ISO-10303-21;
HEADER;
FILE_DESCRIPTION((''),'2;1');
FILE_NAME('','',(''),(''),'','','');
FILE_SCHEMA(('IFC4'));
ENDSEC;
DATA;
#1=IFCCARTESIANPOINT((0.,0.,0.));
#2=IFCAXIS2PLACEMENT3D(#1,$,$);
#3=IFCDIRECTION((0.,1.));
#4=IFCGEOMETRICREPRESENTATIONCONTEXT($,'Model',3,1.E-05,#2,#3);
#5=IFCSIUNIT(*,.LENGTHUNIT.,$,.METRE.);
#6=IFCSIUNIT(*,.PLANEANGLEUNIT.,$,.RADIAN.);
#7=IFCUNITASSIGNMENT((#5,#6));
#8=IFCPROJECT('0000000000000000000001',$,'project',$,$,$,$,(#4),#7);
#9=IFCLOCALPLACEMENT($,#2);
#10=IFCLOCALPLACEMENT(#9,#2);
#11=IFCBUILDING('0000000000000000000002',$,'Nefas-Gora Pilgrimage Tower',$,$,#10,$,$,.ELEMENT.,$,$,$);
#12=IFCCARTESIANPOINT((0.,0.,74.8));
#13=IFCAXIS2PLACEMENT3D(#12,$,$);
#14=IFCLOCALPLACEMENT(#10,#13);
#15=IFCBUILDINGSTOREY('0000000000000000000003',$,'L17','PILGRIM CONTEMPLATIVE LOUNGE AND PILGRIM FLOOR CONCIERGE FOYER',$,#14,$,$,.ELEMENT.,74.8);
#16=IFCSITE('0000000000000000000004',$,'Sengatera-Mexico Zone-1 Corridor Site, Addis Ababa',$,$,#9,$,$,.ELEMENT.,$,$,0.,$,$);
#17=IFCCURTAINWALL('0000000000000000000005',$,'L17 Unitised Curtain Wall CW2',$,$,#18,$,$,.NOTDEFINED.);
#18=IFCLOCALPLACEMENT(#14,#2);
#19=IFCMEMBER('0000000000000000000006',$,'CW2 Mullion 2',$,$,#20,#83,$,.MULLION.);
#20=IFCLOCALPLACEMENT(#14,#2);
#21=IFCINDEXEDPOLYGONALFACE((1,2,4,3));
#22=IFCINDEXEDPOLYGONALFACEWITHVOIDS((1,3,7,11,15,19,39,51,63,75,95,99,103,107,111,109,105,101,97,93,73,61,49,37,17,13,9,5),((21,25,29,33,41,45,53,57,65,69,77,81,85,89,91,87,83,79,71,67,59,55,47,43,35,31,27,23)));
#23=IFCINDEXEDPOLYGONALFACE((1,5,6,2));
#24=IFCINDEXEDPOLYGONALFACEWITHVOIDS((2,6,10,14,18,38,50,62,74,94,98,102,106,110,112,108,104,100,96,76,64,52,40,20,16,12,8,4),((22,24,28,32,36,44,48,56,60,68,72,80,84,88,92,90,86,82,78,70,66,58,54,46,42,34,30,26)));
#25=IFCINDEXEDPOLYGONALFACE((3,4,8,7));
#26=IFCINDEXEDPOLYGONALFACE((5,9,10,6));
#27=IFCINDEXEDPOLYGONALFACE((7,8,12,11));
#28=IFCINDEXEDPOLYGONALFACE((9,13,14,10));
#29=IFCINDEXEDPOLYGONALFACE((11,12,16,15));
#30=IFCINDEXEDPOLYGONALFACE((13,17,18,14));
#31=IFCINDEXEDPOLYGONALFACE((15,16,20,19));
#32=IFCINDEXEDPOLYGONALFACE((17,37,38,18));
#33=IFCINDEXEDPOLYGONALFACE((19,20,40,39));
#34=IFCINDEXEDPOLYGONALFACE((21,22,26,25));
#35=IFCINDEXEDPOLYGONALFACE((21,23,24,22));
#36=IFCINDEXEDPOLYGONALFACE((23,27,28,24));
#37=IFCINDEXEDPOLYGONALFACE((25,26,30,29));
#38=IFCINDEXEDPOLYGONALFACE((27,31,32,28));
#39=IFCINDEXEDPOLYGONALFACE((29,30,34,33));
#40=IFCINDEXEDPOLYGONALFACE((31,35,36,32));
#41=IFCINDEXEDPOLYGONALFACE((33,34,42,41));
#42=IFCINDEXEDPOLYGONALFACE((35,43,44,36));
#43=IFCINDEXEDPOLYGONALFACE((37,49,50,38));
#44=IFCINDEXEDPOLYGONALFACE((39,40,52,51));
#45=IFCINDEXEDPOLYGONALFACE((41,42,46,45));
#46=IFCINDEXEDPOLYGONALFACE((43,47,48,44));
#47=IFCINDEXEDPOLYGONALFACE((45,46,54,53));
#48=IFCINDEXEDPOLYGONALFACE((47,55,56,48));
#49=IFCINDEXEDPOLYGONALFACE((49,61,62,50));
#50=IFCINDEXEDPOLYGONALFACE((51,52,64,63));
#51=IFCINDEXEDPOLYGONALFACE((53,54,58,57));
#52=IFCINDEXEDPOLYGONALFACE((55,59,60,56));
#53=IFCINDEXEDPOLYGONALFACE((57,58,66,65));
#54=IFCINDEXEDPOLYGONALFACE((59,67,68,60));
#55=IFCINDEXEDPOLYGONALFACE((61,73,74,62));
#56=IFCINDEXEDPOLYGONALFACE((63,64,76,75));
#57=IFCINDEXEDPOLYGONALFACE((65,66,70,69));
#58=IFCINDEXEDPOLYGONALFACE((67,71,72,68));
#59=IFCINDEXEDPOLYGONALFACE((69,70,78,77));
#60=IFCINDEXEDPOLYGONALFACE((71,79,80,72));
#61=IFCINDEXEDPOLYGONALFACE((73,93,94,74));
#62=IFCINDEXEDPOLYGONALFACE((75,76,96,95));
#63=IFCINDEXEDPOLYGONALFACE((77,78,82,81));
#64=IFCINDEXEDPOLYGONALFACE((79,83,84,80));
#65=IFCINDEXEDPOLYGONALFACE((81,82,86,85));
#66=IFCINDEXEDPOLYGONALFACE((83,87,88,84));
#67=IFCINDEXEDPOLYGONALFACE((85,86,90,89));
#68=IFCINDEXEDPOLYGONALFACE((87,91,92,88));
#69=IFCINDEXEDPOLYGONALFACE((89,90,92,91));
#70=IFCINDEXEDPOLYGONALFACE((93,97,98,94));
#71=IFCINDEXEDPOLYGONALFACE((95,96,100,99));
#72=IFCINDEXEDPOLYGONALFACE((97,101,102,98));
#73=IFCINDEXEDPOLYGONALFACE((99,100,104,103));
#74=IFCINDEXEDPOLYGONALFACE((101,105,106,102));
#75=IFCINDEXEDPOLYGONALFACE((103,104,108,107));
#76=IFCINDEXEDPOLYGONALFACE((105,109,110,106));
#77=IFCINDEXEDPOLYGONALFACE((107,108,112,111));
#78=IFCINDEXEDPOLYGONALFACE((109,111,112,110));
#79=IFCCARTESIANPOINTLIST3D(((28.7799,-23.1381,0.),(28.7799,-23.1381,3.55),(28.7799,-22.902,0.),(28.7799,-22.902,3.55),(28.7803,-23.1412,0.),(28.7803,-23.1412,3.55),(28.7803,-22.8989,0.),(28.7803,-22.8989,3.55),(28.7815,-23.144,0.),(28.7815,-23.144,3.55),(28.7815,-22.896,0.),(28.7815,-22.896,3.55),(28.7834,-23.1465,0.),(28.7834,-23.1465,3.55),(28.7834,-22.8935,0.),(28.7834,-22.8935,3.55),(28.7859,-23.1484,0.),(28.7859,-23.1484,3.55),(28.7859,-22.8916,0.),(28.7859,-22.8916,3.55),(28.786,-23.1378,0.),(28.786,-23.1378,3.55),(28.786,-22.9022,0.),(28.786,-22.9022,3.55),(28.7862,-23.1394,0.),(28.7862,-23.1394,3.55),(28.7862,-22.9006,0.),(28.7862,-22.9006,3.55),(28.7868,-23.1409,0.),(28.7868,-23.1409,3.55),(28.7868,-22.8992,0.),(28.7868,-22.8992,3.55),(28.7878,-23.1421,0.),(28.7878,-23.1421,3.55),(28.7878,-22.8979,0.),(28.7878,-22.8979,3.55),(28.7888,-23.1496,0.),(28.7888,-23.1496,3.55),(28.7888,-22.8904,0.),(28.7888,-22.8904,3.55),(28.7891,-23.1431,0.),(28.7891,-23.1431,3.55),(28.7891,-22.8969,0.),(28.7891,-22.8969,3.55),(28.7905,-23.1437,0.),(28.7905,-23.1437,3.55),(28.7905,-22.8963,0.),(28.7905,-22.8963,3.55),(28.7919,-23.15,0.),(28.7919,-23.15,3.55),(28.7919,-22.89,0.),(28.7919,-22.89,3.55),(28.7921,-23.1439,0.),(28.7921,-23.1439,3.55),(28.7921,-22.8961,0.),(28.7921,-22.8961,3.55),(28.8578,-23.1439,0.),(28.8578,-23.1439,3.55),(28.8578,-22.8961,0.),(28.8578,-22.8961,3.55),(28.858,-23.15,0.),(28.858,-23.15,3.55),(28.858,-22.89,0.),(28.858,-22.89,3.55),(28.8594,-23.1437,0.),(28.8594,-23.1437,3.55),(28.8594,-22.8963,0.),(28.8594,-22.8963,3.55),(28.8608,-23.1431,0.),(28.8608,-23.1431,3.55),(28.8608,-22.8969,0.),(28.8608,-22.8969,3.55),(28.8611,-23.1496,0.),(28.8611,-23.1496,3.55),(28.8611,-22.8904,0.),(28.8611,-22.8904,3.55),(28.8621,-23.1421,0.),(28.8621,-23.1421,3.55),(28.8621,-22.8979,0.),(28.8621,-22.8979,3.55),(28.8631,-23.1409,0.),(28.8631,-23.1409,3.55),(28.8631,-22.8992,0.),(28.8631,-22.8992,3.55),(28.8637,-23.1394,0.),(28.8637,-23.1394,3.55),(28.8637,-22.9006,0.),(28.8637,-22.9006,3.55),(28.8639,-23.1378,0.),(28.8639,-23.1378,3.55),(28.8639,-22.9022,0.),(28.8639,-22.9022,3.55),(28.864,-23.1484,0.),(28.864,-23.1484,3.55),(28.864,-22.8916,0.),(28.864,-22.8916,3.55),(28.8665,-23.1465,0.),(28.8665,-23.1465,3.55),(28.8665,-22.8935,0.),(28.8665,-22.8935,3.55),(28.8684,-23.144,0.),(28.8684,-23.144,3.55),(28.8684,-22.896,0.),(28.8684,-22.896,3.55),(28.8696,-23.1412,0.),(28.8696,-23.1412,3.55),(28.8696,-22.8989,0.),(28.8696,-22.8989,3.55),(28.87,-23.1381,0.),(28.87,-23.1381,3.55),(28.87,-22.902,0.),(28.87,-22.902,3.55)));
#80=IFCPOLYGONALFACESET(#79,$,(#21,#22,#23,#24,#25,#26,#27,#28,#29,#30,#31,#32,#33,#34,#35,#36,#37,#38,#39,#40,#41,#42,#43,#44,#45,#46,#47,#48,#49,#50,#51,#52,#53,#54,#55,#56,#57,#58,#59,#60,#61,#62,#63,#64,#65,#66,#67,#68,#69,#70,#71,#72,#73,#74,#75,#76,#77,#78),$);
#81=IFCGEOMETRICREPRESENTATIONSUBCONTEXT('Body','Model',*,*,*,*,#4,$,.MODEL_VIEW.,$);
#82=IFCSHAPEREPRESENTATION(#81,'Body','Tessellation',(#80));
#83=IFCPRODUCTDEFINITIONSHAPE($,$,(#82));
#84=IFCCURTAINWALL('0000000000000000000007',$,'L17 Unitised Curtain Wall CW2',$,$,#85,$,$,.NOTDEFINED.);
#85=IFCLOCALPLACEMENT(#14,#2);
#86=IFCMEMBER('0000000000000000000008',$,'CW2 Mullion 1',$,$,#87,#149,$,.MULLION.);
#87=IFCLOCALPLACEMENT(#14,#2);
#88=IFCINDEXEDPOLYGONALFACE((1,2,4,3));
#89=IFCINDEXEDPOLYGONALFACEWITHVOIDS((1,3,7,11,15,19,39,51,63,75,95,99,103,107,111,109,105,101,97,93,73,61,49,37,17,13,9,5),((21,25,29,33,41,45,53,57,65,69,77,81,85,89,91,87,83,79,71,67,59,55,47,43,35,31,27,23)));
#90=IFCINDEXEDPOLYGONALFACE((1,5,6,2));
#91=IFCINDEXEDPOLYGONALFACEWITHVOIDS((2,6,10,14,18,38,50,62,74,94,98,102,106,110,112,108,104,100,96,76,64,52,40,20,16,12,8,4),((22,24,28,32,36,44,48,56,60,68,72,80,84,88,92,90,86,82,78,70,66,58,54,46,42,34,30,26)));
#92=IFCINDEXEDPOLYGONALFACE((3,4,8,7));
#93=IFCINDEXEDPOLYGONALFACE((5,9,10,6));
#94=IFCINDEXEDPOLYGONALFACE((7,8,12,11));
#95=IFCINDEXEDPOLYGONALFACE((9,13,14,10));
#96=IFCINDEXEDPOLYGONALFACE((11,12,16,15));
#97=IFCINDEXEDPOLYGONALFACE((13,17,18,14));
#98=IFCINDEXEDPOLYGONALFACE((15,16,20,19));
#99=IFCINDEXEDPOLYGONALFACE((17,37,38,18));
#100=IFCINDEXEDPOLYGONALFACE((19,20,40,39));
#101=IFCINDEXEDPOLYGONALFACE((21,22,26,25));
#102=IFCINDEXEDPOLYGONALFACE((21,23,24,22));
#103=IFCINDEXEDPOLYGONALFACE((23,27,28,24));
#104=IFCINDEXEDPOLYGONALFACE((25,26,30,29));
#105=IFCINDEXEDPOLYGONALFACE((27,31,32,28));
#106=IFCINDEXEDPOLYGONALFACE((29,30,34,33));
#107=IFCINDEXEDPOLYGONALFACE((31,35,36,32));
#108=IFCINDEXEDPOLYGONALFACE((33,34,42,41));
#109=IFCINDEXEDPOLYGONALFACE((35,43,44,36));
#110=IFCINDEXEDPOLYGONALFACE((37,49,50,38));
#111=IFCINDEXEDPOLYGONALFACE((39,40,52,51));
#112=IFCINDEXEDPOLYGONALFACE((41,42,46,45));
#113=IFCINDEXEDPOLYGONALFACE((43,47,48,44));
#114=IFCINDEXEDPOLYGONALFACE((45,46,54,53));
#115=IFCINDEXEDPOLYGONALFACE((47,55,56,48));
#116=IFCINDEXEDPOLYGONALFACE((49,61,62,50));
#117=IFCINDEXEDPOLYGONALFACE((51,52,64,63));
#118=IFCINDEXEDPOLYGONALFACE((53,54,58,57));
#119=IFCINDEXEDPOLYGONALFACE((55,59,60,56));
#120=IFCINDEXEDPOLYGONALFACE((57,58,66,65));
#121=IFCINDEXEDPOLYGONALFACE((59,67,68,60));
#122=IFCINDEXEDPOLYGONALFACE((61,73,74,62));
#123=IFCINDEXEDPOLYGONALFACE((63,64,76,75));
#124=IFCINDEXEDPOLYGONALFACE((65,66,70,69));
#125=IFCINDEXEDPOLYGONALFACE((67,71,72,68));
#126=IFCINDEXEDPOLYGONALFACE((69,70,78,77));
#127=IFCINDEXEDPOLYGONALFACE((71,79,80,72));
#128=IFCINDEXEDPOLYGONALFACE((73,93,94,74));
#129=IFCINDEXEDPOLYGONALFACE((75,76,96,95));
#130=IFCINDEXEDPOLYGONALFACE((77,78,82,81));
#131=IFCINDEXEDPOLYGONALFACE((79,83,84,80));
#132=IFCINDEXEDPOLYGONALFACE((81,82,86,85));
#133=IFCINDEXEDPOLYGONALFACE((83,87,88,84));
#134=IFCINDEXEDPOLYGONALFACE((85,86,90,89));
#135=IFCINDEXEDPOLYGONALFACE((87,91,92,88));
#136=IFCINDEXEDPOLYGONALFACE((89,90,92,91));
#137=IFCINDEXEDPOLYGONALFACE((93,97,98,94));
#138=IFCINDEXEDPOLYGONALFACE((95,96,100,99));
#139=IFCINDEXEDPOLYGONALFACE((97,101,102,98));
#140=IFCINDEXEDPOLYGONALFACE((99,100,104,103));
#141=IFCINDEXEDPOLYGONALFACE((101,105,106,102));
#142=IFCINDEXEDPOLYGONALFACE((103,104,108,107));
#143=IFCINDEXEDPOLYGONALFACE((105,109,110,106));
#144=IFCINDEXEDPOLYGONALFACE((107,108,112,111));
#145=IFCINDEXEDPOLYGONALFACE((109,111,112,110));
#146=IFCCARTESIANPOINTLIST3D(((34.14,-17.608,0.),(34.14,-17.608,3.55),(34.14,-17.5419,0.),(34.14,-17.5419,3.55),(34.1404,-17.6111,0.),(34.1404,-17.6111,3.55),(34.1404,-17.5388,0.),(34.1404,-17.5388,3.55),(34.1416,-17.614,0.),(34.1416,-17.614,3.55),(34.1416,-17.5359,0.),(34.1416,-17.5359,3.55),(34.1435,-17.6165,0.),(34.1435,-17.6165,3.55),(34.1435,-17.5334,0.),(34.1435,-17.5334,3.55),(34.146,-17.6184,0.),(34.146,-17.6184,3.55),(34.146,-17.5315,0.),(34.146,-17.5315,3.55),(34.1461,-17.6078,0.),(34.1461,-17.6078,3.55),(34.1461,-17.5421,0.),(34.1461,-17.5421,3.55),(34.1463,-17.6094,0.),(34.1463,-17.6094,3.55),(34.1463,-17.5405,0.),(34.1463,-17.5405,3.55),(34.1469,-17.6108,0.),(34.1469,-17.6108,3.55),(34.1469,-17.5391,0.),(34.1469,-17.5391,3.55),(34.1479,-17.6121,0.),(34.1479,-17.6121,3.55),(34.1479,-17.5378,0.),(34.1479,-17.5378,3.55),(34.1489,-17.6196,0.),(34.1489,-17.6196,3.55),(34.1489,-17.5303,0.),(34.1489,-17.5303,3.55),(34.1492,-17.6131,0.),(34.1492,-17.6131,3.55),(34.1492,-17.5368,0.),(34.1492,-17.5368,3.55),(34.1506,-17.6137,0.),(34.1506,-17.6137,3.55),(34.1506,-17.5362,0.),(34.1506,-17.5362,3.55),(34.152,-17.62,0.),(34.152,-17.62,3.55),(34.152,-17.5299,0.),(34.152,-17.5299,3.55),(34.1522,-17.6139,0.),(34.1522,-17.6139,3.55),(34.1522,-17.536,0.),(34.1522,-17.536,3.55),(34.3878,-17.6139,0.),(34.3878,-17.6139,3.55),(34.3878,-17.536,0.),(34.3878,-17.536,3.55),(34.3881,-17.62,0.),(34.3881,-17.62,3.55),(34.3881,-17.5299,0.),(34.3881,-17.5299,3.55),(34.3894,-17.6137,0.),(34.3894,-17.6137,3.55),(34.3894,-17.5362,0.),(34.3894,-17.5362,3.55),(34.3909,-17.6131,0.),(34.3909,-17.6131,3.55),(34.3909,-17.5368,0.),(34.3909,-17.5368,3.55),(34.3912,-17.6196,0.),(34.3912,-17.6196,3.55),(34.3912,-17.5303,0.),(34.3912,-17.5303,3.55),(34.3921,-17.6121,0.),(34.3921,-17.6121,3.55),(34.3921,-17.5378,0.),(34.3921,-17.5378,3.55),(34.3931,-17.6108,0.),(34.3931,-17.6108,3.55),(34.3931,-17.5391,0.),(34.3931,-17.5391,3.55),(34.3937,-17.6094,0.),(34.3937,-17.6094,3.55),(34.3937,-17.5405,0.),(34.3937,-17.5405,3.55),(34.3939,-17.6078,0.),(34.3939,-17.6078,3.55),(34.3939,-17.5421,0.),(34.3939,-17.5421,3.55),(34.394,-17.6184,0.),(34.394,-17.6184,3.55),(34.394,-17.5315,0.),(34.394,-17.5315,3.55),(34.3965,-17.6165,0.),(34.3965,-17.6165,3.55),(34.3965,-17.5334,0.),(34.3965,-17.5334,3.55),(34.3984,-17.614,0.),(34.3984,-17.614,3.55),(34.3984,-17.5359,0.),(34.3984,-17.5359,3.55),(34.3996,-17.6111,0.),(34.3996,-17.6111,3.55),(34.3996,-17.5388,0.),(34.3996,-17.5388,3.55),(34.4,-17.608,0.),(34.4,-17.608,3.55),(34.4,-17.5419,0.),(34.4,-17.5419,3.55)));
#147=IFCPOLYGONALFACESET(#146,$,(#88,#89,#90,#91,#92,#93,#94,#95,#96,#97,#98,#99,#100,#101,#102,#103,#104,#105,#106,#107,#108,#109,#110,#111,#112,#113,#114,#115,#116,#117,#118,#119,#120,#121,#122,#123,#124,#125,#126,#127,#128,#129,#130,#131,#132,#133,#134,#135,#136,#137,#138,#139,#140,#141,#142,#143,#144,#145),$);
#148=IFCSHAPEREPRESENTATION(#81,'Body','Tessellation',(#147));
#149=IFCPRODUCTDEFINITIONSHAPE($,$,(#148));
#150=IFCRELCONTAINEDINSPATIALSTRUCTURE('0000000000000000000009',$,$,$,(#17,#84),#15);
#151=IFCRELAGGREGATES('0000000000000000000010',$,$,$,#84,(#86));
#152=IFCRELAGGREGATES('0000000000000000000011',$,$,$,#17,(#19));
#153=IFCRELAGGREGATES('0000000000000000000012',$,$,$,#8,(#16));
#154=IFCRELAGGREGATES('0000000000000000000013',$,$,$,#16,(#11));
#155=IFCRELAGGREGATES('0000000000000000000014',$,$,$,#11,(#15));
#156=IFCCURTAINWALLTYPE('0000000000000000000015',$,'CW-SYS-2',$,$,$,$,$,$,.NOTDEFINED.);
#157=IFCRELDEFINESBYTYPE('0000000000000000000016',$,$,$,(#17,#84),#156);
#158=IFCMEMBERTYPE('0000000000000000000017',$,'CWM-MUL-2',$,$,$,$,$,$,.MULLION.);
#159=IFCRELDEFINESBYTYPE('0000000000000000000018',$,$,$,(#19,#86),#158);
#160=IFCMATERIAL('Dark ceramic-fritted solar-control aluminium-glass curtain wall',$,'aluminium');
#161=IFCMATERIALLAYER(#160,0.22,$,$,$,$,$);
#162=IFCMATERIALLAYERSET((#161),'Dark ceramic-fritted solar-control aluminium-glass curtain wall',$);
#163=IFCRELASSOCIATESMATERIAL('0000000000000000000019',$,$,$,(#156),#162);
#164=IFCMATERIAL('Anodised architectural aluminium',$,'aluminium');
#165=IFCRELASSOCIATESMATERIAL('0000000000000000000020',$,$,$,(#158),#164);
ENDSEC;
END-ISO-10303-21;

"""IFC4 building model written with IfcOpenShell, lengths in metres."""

from ifc_helpers import new_model, si_unit, direction, frame, origin, origin_2d, place, context, subcontext, project, spatial, hollow_rectangle, extrude, source, transform, mapped, material, layer, layer_set, material_profile, profile_set, type_object, element, aggregate, save


model = new_model("IFC4")

# Units and contexts
model_context = context("Model", 3, precision=1e-05, world=origin(), true_north=direction((0.0, 1.0)))
body_context = subcontext(model_context, "Body", "Model", "MODEL_VIEW")
ifc_project = project(units=[si_unit("LENGTHUNIT", "METRE"), si_unit("PLANEANGLEUNIT", "RADIAN")], contexts=[model_context])

# Site, building, storey
site_placement = place(None, origin())
site = spatial("IfcSite", under=ifc_project, at=site_placement, Name="Sengatera-Mexico Zone-1 Corridor Site, Addis Ababa", CompositionType="ELEMENT", RefElevation=0.0)
building_placement = place(site_placement, origin())
building = spatial("IfcBuilding", under=site, at=building_placement, Name="Nefas-Gora Pilgrimage Tower", CompositionType="ELEMENT")
storey_placement = place(building_placement, frame((0.0, 0.0, 74.8)))
storey = spatial("IfcBuildingStorey", under=building, at=storey_placement, Name="L17", Description="PILGRIM CONTEMPLATIVE LOUNGE AND PILGRIM FLOOR CONCIERGE FOYER", CompositionType="ELEMENT", Elevation=74.8)

# Curtain wall, member
ifc_material_1 = material(Name="Dark ceramic-fritted solar-control aluminium-glass curtain wall", Category="aluminium")
ifc_layer_1 = layer(ifc_material_1, 0.22)
ifc_layer_set_1 = layer_set([ifc_layer_1], Name="Dark ceramic-fritted solar-control aluminium-glass curtain wall")
curtain_wall_type = type_object("IfcCurtainWallType", Name="CW-SYS-2", PredefinedType="NOTDEFINED", material=ifc_layer_set_1)
curtain_wall_1_placement = place(storey_placement, origin())
curtain_wall_1 = element("IfcCurtainWall", 1, at=curtain_wall_1_placement, inside=storey, type_object=curtain_wall_type, Name="L17 Unitised Curtain Wall CW2", PredefinedType="NOTDEFINED")
ifc_material_2 = material(Name="Anodised architectural aluminium", Category="aluminium")
ifc_material_profile_1 = material_profile(ifc_material_2, hollow_rectangle(XDim=0.0901, YDim=0.26, WallThickness=0.0061, InnerFilletRadius=0.0061, OuterFilletRadius=0.012, at=origin_2d()), Name="ALU MULLION 90x260")
ifc_profile_set_1 = profile_set([ifc_material_profile_1], Name="Anodised architectural aluminium")
member_type_1 = type_object("IfcMemberType", Name="CWM-MUL-2", PredefinedType="MULLION", material=ifc_profile_set_1)
shared_shape_1 = source(origin(), body_context, "Body", "SweptSolid", [
    extrude(hollow_rectangle(XDim=0.0901, YDim=0.26, WallThickness=0.0061, InnerFilletRadius=0.0061, OuterFilletRadius=0.012, at=origin_2d()), origin(), (0.0, 0.0, 1.0), 3.55),
])
member_1_placement = place(storey_placement, frame((28.825, -23.02, 0.0), z_axis=(0.0, 0.0, 1.0), x_axis=(1.0, 0.0, 0.0)))
member_1 = element("IfcMember", 2, at=member_1_placement, type_object=member_type_1, Name="CW2 Mullion 2", PredefinedType="MULLION", context=body_context, shape_type="MappedRepresentation", body=[
    mapped(shared_shape_1, transform((0.0, 0.0, 0.0), x_axis=(1.0, 0.0, 0.0), y_axis=(0.0, 1.0, 0.0), z_axis=(0.0, 0.0, 1.0), scale=1.0)),
])

# Curtain wall, member
curtain_wall_2_placement = place(storey_placement, origin())
curtain_wall_2 = element("IfcCurtainWall", 3, at=curtain_wall_2_placement, inside=storey, type_object=curtain_wall_type, Name="L17 Unitised Curtain Wall CW2", PredefinedType="NOTDEFINED")
member_2_placement = place(storey_placement, frame((34.27, -17.575, 0.0), z_axis=(0.0, 0.0, 1.0), x_axis=(0.0, 1.0, 0.0)))
member_2 = element("IfcMember", 4, at=member_2_placement, type_object=member_type_1, Name="CW2 Mullion 1", PredefinedType="MULLION", context=body_context, shape_type="MappedRepresentation", body=[
    mapped(shared_shape_1, transform((0.0, 0.0, 0.0), x_axis=(1.0, 0.0, 0.0), y_axis=(0.0, 1.0, 0.0), z_axis=(0.0, 0.0, 1.0), scale=1.0)),
])
aggregate(curtain_wall_2, [member_2])

aggregate(curtain_wall_1, [member_1])

save(model, "model.ifc")
